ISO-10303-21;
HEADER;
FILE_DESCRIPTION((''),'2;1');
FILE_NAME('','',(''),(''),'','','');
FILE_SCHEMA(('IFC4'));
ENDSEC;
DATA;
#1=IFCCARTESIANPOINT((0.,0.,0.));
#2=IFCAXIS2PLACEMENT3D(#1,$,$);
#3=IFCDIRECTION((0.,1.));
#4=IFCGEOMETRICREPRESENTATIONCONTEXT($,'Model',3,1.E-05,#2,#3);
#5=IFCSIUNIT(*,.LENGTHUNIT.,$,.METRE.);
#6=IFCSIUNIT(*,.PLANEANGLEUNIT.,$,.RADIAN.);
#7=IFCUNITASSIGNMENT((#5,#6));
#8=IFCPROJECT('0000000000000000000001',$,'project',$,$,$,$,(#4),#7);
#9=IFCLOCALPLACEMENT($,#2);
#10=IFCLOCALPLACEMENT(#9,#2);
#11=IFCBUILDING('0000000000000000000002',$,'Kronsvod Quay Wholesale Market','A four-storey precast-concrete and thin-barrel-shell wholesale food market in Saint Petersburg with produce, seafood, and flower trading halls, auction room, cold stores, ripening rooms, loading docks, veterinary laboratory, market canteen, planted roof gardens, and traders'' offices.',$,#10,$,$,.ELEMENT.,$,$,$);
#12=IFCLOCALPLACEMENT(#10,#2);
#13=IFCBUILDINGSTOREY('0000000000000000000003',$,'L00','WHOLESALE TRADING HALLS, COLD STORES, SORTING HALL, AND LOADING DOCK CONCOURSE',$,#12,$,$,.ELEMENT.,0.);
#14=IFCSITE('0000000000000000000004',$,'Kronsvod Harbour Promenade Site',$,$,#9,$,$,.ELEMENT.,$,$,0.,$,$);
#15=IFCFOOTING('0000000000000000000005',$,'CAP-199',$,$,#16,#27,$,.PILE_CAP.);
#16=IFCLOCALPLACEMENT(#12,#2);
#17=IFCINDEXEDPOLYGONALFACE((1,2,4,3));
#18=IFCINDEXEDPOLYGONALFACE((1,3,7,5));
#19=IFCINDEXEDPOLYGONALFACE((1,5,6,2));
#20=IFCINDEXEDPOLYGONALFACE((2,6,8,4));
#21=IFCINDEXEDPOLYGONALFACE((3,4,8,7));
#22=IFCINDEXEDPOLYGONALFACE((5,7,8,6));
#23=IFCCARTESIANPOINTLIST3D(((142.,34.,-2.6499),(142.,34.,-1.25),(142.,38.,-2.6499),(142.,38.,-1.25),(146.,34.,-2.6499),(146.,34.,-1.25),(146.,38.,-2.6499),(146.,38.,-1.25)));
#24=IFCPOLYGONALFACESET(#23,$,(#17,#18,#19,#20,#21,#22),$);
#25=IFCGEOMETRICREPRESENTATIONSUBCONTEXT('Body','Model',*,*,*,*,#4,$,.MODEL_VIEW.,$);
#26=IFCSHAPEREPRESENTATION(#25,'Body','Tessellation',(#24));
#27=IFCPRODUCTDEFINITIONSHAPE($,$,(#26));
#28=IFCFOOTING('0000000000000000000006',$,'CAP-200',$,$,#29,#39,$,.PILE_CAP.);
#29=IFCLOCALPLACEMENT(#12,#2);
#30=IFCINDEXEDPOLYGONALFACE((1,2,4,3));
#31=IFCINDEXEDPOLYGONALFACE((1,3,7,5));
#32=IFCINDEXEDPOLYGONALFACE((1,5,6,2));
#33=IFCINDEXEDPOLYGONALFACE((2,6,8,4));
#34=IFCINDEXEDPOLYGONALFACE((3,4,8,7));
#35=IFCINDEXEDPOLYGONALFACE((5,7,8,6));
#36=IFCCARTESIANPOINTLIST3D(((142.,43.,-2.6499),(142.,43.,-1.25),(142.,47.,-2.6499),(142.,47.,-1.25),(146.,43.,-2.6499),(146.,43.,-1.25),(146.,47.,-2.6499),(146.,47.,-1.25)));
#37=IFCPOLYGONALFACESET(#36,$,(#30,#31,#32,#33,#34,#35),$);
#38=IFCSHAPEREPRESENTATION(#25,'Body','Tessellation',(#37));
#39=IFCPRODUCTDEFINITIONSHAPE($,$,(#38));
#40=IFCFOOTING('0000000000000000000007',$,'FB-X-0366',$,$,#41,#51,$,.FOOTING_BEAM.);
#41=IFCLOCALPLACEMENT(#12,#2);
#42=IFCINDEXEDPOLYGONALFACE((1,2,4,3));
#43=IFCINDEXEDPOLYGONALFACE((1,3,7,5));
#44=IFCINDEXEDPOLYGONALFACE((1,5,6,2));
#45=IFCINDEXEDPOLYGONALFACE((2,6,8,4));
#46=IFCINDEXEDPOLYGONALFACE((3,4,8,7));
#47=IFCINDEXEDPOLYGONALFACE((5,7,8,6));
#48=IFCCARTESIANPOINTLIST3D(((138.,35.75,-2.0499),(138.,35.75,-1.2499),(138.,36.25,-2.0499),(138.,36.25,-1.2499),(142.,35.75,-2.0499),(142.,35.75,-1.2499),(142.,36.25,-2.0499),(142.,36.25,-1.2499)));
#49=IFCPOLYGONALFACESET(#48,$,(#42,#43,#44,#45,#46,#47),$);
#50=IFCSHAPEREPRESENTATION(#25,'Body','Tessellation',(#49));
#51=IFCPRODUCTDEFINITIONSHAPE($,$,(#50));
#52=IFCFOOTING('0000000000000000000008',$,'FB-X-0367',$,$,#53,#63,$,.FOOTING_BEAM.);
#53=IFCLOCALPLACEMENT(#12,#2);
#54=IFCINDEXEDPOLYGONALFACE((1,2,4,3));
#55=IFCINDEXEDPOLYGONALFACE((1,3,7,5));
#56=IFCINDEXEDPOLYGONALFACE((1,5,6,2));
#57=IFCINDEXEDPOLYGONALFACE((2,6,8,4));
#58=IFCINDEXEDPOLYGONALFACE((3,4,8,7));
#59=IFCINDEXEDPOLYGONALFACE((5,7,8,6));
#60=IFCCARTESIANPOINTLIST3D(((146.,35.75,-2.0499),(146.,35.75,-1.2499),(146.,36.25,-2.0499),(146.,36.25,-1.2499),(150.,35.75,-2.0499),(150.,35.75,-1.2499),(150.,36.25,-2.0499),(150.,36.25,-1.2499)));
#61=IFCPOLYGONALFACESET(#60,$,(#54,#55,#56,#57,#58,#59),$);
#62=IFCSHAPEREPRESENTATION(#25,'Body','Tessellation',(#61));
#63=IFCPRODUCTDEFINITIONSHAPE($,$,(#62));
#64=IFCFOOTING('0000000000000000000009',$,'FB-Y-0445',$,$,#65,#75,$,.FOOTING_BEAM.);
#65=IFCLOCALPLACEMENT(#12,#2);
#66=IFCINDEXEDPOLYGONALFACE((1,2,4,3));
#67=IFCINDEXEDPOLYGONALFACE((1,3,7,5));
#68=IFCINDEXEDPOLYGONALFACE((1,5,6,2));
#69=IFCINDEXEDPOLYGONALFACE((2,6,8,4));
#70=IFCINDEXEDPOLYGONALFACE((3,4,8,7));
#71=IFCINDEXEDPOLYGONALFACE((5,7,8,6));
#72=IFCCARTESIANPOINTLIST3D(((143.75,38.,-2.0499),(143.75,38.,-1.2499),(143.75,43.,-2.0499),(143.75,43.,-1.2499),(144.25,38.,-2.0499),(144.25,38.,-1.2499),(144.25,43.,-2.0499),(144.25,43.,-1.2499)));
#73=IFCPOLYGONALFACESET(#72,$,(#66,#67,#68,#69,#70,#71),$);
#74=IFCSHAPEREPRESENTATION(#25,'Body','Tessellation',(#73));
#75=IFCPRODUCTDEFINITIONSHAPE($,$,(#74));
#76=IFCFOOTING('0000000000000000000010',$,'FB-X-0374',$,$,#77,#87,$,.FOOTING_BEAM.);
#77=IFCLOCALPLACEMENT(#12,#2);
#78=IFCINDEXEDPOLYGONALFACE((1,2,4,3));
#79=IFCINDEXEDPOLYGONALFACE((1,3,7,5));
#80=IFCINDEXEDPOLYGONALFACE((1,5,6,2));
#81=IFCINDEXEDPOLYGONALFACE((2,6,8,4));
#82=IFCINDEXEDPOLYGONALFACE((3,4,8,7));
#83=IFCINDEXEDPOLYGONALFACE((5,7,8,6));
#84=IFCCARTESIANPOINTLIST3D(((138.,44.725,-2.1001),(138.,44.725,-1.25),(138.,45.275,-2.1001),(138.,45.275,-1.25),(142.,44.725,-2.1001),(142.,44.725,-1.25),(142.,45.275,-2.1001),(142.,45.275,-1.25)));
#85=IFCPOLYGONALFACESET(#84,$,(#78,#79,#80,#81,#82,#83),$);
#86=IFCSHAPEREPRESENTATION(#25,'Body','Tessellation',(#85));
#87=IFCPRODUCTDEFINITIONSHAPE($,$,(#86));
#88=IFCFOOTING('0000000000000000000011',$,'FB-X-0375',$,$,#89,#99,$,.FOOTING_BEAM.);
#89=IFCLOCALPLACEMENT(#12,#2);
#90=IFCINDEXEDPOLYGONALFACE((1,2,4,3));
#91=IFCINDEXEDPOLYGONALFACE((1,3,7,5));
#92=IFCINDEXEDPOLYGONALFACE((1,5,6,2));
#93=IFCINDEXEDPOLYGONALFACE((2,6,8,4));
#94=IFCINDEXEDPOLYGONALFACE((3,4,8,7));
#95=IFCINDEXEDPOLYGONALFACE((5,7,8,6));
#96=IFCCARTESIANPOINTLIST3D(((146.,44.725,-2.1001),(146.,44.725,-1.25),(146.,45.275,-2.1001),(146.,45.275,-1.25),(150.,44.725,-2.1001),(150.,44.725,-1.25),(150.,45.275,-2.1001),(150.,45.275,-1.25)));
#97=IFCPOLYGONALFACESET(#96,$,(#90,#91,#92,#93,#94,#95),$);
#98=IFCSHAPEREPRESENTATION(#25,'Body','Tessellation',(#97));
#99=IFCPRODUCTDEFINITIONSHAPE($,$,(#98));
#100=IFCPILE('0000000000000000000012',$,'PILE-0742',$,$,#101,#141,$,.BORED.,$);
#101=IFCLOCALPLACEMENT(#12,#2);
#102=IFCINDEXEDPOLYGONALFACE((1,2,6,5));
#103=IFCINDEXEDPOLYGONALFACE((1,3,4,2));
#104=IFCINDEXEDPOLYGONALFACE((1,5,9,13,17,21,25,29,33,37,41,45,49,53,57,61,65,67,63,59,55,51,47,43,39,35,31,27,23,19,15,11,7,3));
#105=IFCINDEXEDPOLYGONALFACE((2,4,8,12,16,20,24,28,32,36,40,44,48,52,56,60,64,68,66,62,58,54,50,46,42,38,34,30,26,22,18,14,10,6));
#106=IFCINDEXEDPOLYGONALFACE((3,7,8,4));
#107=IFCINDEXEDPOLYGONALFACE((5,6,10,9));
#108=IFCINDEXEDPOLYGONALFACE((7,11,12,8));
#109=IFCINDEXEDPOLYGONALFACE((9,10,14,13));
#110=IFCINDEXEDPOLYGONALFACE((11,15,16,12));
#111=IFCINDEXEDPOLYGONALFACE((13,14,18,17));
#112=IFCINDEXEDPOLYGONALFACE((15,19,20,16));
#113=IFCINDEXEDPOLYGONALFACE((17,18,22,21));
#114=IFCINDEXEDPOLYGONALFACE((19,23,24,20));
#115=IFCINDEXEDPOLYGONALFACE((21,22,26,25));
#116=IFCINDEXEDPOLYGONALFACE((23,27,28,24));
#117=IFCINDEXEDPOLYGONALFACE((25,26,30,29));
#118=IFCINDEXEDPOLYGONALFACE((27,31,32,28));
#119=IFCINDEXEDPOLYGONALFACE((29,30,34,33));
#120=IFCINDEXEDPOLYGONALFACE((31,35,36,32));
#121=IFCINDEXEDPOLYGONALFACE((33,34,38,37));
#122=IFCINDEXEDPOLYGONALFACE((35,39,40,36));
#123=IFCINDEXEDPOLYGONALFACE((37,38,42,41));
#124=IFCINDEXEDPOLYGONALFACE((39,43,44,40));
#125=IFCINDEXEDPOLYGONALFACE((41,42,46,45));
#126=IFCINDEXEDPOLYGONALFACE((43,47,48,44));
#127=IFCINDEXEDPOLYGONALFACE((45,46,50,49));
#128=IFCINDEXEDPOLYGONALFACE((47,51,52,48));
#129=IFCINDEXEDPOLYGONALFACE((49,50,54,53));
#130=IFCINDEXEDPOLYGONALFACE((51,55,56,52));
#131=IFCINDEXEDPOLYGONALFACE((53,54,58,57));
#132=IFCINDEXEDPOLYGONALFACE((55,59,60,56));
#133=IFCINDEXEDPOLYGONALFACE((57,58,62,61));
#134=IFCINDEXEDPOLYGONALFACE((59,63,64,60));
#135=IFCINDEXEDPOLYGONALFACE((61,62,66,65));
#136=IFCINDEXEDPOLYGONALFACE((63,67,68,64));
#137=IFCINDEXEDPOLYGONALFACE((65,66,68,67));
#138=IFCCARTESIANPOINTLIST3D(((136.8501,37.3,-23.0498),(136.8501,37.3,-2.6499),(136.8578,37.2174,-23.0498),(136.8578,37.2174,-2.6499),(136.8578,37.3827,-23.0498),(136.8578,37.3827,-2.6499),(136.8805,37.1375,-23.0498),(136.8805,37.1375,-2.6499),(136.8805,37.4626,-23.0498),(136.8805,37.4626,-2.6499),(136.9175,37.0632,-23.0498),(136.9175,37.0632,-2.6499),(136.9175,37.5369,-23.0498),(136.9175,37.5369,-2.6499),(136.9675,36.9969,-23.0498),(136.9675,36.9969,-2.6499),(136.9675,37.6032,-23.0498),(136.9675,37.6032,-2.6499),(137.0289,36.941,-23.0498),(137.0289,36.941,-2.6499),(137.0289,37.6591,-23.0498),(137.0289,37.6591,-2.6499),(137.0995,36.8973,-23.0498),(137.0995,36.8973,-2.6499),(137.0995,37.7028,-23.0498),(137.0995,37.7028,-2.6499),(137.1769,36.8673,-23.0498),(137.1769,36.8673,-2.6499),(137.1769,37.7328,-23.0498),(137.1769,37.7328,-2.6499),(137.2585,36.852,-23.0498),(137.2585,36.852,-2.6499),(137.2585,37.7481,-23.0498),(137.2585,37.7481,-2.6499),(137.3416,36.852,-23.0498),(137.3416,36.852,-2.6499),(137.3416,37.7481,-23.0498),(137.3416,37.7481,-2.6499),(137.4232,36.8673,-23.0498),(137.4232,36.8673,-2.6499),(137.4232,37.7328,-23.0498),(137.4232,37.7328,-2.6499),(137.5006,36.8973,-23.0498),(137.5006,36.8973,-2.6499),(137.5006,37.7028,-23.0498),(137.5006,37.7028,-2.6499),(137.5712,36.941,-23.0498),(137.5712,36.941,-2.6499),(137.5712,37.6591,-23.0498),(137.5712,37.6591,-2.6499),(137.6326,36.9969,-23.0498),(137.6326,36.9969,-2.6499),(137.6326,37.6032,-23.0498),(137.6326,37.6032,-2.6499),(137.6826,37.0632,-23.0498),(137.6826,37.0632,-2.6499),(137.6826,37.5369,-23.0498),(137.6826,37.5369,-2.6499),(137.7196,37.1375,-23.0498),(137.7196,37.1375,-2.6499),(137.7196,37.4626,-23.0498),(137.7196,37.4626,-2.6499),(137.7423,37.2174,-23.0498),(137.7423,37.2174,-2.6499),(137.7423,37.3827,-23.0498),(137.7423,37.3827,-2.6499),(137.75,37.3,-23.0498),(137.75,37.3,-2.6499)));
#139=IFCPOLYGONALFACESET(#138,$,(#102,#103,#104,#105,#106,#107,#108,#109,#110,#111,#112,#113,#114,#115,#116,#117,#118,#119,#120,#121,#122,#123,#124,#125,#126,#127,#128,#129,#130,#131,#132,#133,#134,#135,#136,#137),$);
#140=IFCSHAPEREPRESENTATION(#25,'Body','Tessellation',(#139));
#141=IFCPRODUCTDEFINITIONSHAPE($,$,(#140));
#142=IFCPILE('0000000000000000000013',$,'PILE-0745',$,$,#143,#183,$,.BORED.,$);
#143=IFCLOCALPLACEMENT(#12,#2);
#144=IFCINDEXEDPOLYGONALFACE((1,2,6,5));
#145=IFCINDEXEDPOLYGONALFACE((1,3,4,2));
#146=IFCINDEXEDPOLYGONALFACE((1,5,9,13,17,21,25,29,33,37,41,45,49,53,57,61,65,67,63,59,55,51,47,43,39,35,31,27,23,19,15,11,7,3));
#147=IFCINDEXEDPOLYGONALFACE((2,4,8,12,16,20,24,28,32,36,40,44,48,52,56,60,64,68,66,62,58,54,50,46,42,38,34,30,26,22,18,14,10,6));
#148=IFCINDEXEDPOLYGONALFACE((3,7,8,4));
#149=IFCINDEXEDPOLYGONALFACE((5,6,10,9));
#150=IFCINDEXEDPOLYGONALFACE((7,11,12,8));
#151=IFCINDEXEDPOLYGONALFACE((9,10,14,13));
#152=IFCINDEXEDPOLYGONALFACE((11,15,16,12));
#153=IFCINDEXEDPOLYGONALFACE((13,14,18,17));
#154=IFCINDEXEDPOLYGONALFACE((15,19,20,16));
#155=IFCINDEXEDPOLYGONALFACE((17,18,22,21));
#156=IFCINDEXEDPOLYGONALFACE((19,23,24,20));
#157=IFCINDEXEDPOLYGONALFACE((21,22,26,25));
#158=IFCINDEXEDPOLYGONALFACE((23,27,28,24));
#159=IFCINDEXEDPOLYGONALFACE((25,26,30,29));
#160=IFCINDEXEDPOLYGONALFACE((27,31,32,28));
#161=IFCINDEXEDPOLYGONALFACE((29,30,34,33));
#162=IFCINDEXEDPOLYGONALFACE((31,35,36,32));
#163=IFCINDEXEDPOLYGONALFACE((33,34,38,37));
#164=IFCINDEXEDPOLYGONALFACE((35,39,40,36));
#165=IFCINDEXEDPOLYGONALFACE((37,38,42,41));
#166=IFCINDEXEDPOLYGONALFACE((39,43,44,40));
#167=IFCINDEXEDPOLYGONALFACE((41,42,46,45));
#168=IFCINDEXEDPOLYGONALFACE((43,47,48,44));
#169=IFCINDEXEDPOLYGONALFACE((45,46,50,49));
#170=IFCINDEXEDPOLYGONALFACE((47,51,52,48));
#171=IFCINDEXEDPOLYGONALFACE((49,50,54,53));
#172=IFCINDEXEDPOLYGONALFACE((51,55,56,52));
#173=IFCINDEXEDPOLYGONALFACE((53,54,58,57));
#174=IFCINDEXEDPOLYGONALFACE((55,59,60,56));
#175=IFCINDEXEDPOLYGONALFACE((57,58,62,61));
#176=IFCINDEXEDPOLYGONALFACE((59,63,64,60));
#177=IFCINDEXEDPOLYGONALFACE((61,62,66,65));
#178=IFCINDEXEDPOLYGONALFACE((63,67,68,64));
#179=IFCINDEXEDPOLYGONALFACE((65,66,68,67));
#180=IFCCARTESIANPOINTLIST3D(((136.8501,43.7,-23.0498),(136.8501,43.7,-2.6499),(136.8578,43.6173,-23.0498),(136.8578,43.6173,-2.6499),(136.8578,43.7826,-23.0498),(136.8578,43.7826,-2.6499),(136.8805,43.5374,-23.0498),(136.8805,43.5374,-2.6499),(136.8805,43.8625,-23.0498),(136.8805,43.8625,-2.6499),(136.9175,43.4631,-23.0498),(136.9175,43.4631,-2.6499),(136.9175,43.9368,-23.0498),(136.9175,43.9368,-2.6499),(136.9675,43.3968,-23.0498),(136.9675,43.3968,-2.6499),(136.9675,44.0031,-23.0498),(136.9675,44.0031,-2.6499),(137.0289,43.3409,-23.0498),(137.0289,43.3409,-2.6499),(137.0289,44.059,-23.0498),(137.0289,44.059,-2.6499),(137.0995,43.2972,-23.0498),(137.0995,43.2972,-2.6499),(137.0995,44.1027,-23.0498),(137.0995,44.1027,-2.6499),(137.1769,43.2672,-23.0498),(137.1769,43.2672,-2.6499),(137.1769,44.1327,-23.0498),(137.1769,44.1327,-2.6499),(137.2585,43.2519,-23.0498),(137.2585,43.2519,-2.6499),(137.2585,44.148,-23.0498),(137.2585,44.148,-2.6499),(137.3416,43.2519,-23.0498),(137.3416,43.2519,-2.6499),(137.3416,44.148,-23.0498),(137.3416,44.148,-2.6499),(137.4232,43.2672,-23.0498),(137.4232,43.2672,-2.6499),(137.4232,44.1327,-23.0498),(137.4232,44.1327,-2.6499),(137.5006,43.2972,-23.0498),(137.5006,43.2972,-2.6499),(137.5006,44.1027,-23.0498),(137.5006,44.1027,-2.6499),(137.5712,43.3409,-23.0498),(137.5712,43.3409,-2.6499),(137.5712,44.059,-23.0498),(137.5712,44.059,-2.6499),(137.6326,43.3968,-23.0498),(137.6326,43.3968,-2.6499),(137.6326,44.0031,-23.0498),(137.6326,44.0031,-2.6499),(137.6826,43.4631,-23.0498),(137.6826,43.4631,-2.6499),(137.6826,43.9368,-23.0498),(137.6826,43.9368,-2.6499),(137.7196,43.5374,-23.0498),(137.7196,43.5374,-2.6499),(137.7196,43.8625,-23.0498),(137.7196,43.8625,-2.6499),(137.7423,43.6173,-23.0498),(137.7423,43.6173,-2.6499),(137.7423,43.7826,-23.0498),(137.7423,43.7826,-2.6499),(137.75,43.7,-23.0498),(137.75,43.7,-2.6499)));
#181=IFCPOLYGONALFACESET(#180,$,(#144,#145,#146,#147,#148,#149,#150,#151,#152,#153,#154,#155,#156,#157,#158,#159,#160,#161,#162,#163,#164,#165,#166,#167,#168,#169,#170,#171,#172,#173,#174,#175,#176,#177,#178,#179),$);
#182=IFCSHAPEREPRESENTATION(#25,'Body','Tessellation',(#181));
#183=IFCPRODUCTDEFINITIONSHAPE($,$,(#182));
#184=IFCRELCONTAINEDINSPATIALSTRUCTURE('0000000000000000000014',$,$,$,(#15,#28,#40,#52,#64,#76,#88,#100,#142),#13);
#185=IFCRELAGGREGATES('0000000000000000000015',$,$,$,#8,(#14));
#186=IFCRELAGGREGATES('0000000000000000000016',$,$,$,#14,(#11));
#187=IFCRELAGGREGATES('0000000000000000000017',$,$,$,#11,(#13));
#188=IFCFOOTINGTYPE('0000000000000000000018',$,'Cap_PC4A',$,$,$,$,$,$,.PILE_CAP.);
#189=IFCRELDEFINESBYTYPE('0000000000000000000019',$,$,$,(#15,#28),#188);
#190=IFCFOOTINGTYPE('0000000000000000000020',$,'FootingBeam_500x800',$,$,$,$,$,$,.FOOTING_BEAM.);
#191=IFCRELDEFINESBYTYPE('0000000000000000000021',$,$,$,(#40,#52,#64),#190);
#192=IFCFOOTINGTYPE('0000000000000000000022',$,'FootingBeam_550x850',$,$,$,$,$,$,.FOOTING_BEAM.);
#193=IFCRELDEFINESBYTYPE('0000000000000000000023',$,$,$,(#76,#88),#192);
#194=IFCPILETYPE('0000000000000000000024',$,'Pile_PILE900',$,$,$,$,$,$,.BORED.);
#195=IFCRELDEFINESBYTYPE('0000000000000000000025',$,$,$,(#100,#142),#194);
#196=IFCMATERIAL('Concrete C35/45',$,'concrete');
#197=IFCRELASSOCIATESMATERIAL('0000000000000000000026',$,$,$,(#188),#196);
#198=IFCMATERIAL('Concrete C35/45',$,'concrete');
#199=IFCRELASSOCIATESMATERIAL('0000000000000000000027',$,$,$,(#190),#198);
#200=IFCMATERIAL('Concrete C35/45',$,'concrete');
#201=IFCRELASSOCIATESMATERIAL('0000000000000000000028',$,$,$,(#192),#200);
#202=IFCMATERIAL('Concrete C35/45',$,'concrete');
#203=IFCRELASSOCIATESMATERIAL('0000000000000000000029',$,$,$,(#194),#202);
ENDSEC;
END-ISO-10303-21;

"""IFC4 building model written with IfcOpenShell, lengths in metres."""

from ifc_helpers import new_model, si_unit, direction, frame, origin, origin_2d, place, context, subcontext, project, spatial, rectangle, circle, extrude, material, material_profile, profile_set, type_object, element, save


model = new_model("IFC4")

# Units and contexts
model_context = context("Model", 3, precision=1e-05, world=origin(), true_north=direction((0.0, 1.0)))
body_context = subcontext(model_context, "Body", "Model", "MODEL_VIEW")
ifc_project = project(units=[si_unit("LENGTHUNIT", "METRE"), si_unit("PLANEANGLEUNIT", "RADIAN")], contexts=[model_context])

# Site, building, storey
site_placement = place(None, origin())
site = spatial("IfcSite", under=ifc_project, at=site_placement, Name="Kronsvod Harbour Promenade Site", CompositionType="ELEMENT", RefElevation=0.0)
building_placement = place(site_placement, origin())
building = spatial("IfcBuilding", under=site, at=building_placement, Name="Kronsvod Quay Wholesale Market", Description="A four-storey precast-concrete and thin-barrel-shell wholesale food market in Saint Petersburg with produce, seafood, and flower trading halls, auction room, cold stores, ripening rooms, loading docks, veterinary laboratory, market canteen, planted roof gardens, and traders' offices.", CompositionType="ELEMENT")
storey_placement = place(building_placement, origin())
storey = spatial("IfcBuildingStorey", under=building, at=storey_placement, Name="L00", Description="WHOLESALE TRADING HALLS, COLD STORES, SORTING HALL, AND LOADING DOCK CONCOURSE", CompositionType="ELEMENT", Elevation=0.0)

# Footings
ifc_material_1 = material(Name="Concrete C35/45", Category="concrete")
footing_type_1 = type_object("IfcFootingType", Name="Cap_PC4A", PredefinedType="PILE_CAP", material=ifc_material_1)
for number, where, z_axis, x_axis, name in (
    (1, (144.0, 36.0, -2.6499), (0.0, 0.0, 1.0), (1.0, 0.0, 0.0), "CAP-199"),
    (2, (144.0, 45.0, -2.6499), (0.0, 0.0, 1.0), (1.0, 0.0, 0.0), "CAP-200"),
):
    element("IfcFooting", number, at=place(storey_placement, frame(where, z_axis=z_axis, x_axis=x_axis)), inside=storey, type_object=footing_type_1, Name=name, PredefinedType="PILE_CAP", context=body_context, shape_type="SweptSolid", body=[
        extrude(rectangle(XDim=4.0, YDim=4.0, at=origin_2d()), origin(), (0.0, 0.0, 1.0), 1.3999),
    ])
ifc_material_2 = material(Name="Concrete C35/45", Category="concrete")
ifc_material_profile_1 = material_profile(ifc_material_2, rectangle(XDim=0.5, YDim=0.8, at=origin_2d()), Name="FB-01")
ifc_profile_set_1 = profile_set([ifc_material_profile_1], Name="Concrete C35/45")
footing_type_2 = type_object("IfcFootingType", Name="FootingBeam_500x800", PredefinedType="FOOTING_BEAM", material=ifc_profile_set_1)
for number, where, z_axis, x_axis, name in (
    (3, (138.0, 36.0, -1.6499), (1.0, 0.0, 0.0), (0.0, 1.0, 0.0), "FB-X-0366"),
    (4, (146.0, 36.0, -1.6499), (1.0, 0.0, 0.0), (0.0, 1.0, 0.0), "FB-X-0367"),
):
    element("IfcFooting", number, at=place(storey_placement, frame(where, z_axis=z_axis, x_axis=x_axis)), inside=storey, type_object=footing_type_2, Name=name, PredefinedType="FOOTING_BEAM", context=body_context, shape_type="SweptSolid", body=[
        extrude(rectangle(XDim=0.5, YDim=0.8, at=origin_2d()), origin(), (0.0, 0.0, 1.0), 4.0),
    ])
footing_1_placement = place(storey_placement, frame((144.0, 38.0, -1.6499), z_axis=(0.0, 1.0, 0.0), x_axis=(-1.0, 0.0, 0.0)))
element("IfcFooting", 5, at=footing_1_placement, inside=storey, type_object=footing_type_2, Name="FB-Y-0445", PredefinedType="FOOTING_BEAM", context=body_context, shape_type="SweptSolid", body=[
    extrude(rectangle(XDim=0.5, YDim=0.8, at=origin_2d()), origin(), (0.0, 0.0, 1.0), 5.0),
])
ifc_material_3 = material(Name="Concrete C35/45", Category="concrete")
ifc_material_profile_2 = material_profile(ifc_material_3, rectangle(XDim=0.55, YDim=0.8501, at=origin_2d()), Name="FB-03")
ifc_profile_set_2 = profile_set([ifc_material_profile_2], Name="Concrete C35/45")
footing_type_3 = type_object("IfcFootingType", Name="FootingBeam_550x850", PredefinedType="FOOTING_BEAM", material=ifc_profile_set_2)
for number, where, z_axis, x_axis, name in (
    (6, (138.0, 45.0, -1.675), (1.0, 0.0, 0.0), (0.0, 1.0, 0.0), "FB-X-0374"),
    (7, (146.0, 45.0, -1.675), (1.0, 0.0, 0.0), (0.0, 1.0, 0.0), "FB-X-0375"),
):
    element("IfcFooting", number, at=place(storey_placement, frame(where, z_axis=z_axis, x_axis=x_axis)), inside=storey, type_object=footing_type_3, Name=name, PredefinedType="FOOTING_BEAM", context=body_context, shape_type="SweptSolid", body=[
        extrude(rectangle(XDim=0.55, YDim=0.8501, at=origin_2d()), origin(), (0.0, 0.0, 1.0), 4.0),
    ])

# Piles
ifc_material_4 = material(Name="Concrete C35/45", Category="concrete")
ifc_material_profile_3 = material_profile(ifc_material_4, circle(Radius=0.45, at=origin_2d()), Name="PILE900")
ifc_profile_set_3 = profile_set([ifc_material_profile_3], Name="Concrete C35/45")
pile_type = type_object("IfcPileType", Name="Pile_PILE900", PredefinedType="BORED", material=ifc_profile_set_3)
for number, where, z_axis, x_axis, name in (
    (8, (137.3, 37.3, -2.6499), (0.0, 0.0, -1.0), (1.0, 0.0, 0.0), "PILE-0742"),
    (9, (137.3, 43.7, -2.6499), (0.0, 0.0, -1.0), (1.0, 0.0, 0.0), "PILE-0745"),
):
    element("IfcPile", number, at=place(storey_placement, frame(where, z_axis=z_axis, x_axis=x_axis)), inside=storey, type_object=pile_type, Name=name, PredefinedType="BORED", context=body_context, shape_type="SweptSolid", body=[
        extrude(circle(Radius=0.45, at=origin_2d()), origin(), (0.0, 0.0, 1.0), 20.3999),
    ])

save(model, "model.ifc")
